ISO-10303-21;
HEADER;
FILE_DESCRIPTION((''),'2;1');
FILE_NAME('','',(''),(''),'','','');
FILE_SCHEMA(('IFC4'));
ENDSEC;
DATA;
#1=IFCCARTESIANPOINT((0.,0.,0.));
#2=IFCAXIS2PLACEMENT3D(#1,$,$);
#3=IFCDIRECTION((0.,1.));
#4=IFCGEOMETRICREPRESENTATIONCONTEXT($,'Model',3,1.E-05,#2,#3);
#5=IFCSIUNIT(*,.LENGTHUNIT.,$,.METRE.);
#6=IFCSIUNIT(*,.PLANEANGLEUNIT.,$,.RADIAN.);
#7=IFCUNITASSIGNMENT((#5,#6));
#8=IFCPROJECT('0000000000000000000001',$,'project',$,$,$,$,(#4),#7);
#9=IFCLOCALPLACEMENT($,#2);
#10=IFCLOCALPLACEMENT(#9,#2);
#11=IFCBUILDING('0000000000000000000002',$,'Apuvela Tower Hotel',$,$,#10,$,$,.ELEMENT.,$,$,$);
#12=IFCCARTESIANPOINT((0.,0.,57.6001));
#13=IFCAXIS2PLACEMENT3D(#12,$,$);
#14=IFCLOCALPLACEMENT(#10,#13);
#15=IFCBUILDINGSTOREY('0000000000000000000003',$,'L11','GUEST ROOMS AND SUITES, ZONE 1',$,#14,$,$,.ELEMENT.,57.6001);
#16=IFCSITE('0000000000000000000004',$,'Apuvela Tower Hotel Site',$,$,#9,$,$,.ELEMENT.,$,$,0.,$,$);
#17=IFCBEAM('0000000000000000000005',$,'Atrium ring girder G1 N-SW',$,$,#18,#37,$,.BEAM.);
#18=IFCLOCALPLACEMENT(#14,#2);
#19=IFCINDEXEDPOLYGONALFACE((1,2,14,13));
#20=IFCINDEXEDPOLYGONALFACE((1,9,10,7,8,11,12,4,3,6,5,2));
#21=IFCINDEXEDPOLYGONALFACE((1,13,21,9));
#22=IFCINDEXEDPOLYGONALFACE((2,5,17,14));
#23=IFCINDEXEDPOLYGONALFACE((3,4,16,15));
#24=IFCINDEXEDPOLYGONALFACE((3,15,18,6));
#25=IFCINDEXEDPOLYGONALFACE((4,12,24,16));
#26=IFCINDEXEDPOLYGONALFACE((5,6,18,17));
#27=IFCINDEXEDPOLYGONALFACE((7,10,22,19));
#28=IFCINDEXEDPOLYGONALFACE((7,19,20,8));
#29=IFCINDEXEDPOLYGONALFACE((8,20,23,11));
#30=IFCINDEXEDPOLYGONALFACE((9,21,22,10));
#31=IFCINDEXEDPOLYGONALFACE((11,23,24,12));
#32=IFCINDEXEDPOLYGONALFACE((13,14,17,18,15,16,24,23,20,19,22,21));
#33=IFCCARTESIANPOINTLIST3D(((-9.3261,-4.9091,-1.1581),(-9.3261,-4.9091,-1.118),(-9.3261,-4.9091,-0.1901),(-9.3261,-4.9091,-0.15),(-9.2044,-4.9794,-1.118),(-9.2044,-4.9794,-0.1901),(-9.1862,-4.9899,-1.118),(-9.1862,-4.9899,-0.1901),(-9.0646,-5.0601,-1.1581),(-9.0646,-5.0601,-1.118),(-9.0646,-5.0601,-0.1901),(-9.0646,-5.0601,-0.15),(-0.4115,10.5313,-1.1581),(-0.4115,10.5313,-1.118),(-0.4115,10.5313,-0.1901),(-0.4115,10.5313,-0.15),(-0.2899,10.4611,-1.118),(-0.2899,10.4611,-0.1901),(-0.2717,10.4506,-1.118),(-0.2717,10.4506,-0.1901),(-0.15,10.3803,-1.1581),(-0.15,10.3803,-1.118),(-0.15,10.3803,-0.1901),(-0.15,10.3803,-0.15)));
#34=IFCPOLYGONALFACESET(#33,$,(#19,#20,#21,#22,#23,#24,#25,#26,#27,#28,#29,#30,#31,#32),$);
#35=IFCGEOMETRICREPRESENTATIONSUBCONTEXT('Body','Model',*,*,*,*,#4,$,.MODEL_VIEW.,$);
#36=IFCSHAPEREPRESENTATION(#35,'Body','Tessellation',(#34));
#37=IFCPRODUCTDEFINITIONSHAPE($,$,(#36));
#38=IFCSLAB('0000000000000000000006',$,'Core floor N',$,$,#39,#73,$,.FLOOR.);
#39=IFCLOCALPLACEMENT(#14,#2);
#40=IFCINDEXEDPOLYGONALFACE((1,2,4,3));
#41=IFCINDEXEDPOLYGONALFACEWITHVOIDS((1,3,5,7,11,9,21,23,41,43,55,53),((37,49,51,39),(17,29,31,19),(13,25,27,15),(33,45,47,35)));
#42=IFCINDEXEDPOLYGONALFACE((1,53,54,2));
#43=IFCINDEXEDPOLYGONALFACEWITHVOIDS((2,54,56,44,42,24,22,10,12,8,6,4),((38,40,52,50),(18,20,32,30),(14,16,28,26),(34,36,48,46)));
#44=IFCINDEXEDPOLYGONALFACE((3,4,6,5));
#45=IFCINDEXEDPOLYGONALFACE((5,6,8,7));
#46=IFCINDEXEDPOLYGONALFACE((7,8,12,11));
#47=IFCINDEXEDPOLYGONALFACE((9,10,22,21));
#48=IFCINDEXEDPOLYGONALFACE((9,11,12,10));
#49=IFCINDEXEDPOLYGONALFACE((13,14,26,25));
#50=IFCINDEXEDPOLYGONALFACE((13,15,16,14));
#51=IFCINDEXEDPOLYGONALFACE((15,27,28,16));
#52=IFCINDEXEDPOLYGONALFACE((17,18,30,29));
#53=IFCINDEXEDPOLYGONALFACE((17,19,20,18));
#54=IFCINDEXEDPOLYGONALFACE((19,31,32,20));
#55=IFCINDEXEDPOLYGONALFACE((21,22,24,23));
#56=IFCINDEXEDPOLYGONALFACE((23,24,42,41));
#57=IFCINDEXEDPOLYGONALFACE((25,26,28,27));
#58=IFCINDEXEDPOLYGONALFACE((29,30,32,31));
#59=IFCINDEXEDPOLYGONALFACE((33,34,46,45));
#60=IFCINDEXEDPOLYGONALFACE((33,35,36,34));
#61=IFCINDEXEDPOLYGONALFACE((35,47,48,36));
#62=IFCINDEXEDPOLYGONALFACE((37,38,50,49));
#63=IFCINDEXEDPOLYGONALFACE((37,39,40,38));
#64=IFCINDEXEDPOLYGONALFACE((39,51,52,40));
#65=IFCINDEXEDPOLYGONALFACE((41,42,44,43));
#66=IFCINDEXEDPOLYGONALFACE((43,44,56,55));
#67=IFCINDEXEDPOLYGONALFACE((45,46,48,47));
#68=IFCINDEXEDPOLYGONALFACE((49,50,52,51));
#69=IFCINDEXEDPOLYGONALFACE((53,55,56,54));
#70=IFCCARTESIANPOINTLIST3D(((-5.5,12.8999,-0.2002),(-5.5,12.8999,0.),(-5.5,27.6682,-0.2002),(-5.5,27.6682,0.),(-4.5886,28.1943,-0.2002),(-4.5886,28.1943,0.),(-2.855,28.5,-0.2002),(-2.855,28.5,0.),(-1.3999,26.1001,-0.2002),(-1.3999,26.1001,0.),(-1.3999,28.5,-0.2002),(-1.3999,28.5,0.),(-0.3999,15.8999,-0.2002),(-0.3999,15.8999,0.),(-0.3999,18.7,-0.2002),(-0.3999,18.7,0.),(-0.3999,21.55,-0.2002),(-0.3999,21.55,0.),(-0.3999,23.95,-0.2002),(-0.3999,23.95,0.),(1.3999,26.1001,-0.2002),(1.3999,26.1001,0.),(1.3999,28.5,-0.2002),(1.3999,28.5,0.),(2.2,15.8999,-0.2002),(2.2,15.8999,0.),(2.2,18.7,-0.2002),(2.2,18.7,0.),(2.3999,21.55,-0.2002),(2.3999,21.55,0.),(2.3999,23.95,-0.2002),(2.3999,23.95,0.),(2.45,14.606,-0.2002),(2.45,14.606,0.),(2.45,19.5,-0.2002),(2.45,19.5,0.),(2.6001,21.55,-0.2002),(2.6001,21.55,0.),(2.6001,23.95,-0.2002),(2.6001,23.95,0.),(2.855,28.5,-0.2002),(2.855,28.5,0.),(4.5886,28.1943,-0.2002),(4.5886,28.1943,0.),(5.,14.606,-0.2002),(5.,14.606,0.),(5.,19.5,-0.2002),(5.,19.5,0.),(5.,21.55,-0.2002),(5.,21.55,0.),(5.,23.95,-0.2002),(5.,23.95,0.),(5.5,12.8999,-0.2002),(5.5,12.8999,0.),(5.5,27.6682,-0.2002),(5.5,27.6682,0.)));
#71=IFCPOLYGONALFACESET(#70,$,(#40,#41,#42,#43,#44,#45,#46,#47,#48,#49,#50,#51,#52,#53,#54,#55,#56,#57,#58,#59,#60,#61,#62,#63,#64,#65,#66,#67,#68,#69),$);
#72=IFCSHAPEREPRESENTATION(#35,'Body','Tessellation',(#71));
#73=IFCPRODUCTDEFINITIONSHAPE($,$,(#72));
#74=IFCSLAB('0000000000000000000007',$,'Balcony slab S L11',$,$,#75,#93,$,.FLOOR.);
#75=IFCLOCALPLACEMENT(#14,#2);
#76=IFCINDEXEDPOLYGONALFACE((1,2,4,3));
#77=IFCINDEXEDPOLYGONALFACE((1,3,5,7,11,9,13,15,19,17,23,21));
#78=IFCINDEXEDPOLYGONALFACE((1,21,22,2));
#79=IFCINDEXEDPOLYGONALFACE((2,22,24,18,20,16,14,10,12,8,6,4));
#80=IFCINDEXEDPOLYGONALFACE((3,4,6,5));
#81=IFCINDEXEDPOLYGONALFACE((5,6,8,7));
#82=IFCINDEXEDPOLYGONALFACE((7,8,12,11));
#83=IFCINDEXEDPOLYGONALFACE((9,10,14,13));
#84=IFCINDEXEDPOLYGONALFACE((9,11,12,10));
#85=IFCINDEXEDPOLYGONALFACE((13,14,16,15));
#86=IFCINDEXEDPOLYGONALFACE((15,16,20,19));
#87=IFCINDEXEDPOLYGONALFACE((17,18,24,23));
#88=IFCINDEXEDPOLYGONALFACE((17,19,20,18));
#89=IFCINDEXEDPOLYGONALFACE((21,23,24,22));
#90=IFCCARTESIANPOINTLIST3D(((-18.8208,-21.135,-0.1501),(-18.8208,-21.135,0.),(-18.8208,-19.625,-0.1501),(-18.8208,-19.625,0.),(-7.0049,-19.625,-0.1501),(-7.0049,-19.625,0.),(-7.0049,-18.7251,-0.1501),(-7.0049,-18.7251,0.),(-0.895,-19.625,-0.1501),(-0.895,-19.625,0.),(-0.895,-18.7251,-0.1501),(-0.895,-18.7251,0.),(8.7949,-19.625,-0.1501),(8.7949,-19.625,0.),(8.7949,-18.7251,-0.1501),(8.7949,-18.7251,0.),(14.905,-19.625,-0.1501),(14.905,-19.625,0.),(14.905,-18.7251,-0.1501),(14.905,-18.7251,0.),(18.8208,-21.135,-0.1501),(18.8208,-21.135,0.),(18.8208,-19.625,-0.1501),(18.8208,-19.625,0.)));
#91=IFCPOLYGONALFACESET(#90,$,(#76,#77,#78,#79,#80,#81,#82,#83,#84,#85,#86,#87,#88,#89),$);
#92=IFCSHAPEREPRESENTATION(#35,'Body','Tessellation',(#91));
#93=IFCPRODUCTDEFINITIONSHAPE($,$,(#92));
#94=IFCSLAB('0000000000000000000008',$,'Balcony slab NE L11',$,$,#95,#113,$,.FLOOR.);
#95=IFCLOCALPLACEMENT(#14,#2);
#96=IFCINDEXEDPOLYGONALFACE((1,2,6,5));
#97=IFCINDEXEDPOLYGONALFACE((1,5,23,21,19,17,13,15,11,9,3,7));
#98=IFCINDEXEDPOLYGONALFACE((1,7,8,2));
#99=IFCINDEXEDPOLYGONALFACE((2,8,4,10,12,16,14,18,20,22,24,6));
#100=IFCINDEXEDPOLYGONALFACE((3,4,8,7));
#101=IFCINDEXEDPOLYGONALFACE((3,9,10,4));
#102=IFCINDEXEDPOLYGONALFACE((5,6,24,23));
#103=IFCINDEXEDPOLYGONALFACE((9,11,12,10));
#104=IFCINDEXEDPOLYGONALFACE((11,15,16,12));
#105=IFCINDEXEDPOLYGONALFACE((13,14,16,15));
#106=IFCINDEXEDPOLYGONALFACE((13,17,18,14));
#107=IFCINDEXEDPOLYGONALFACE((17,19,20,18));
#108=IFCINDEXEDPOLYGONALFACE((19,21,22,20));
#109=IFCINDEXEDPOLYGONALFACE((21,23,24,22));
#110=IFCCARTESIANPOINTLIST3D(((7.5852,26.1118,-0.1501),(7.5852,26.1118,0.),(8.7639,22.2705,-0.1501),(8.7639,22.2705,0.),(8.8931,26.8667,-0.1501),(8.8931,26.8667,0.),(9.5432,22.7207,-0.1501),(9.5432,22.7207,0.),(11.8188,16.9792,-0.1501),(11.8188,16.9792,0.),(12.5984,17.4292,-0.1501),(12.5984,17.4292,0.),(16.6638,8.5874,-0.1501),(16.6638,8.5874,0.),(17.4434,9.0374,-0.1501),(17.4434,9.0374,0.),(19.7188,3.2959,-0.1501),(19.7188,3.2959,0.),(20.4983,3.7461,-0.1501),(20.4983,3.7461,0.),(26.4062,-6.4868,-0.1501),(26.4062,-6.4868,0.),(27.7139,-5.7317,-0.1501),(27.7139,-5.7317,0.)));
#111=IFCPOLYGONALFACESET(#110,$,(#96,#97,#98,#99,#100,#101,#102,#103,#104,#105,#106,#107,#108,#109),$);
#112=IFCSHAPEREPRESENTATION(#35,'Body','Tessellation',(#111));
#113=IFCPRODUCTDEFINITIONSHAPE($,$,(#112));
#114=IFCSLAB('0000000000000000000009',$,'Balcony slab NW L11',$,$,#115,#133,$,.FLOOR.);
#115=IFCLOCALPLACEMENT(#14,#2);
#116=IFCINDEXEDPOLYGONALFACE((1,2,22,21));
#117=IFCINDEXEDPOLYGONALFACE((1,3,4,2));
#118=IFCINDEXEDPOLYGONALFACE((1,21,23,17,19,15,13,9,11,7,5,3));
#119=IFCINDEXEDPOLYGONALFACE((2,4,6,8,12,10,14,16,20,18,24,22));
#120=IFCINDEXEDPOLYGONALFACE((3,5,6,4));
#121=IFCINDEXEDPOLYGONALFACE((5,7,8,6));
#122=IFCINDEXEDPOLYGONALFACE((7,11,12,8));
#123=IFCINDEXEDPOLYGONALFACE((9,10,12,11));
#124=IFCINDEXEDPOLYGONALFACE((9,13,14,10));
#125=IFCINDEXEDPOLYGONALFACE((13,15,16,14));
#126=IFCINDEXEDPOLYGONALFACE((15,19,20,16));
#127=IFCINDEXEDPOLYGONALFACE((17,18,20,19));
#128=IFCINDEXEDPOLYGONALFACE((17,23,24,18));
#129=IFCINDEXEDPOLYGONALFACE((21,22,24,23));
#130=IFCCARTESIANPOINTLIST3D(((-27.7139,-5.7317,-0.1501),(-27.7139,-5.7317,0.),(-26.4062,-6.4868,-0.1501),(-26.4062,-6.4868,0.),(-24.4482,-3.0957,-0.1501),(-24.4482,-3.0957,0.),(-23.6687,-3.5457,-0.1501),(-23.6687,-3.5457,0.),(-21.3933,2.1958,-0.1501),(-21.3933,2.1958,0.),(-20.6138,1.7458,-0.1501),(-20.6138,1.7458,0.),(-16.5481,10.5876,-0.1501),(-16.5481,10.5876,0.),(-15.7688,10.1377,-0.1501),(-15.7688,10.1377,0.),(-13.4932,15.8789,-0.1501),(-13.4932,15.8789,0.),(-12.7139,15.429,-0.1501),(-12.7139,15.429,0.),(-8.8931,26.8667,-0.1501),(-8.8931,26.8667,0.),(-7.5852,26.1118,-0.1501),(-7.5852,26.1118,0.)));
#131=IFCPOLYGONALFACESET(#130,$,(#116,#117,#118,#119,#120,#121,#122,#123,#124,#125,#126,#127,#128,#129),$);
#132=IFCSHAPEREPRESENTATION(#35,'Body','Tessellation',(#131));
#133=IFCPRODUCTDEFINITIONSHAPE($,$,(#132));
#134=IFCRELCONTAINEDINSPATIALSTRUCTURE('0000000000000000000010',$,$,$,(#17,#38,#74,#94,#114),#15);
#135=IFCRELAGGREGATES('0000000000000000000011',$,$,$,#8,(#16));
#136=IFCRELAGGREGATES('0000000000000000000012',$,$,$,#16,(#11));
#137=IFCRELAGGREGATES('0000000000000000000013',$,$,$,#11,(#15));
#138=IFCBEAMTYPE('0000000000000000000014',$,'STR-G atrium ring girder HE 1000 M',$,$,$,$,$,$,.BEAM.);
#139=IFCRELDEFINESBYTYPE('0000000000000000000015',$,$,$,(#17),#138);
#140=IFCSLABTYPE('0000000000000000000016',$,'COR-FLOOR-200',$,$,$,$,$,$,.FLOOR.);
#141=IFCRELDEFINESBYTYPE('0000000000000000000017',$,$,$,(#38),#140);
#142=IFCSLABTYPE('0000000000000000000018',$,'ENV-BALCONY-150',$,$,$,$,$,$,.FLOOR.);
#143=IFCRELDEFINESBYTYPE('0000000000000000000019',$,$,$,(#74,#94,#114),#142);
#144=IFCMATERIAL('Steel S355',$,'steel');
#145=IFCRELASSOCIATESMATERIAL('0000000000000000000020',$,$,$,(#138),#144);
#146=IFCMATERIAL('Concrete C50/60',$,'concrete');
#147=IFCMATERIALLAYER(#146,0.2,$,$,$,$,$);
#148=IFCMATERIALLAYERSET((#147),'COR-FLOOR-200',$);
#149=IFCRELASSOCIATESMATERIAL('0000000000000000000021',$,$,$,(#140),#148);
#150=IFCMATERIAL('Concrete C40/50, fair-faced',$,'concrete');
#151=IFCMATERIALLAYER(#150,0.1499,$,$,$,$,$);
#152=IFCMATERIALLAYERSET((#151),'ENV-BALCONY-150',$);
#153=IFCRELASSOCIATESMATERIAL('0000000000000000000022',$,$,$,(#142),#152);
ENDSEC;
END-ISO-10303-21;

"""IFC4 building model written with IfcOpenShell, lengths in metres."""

from ifc_helpers import new_model, si_unit, direction, frame, origin, origin_2d, place, context, subcontext, project, spatial, polyline, i_section, outline, extrude, material, layer, layer_set, material_profile, profile_set, type_object, element, save


model = new_model("IFC4")

# Units and contexts
model_context = context("Model", 3, precision=1e-05, world=origin(), true_north=direction((0.0, 1.0)))
body_context = subcontext(model_context, "Body", "Model", "MODEL_VIEW")
ifc_project = project(units=[si_unit("LENGTHUNIT", "METRE"), si_unit("PLANEANGLEUNIT", "RADIAN")], contexts=[model_context])

# Site, building, storey
site_placement = place(None, origin())
site = spatial("IfcSite", under=ifc_project, at=site_placement, Name="Apuvela Tower Hotel Site", CompositionType="ELEMENT", RefElevation=0.0)
building_placement = place(site_placement, origin())
building = spatial("IfcBuilding", under=site, at=building_placement, Name="Apuvela Tower Hotel", CompositionType="ELEMENT")
storey_placement = place(building_placement, frame((0.0, 0.0, 57.6001)))
storey = spatial("IfcBuildingStorey", under=building, at=storey_placement, Name="L11", Description="GUEST ROOMS AND SUITES, ZONE 1", CompositionType="ELEMENT", Elevation=57.6001)

# Beam
ifc_material_1 = material(Name="Steel S355", Category="steel")
ifc_material_profile = material_profile(ifc_material_1, i_section(OverallWidth=0.302, OverallDepth=1.0081, WebThickness=0.021, FlangeThickness=0.04, at=origin_2d()), Name="HE 1000 M")
ifc_profile_set = profile_set([ifc_material_profile], Name="Steel S355")
beam_type = type_object("IfcBeamType", Name="STR-G atrium ring girder HE 1000 M", PredefinedType="BEAM", material=ifc_profile_set)
beam_placement = place(storey_placement, frame((-0.2808, 10.4558, -0.6541), z_axis=(-0.500001, -0.866025, 0.0), x_axis=(0.866025, -0.500001, 0.0)))
element("IfcBeam", 1, at=beam_placement, inside=storey, type_object=beam_type, Name="Atrium ring girder G1 N-SW", PredefinedType="BEAM", context=body_context, shape_type="SweptSolid", body=[
    extrude(i_section(OverallWidth=0.302, OverallDepth=1.0081, WebThickness=0.021, FlangeThickness=0.04, at=origin_2d()), origin(), (0.0, 0.0, 1.0), 17.8291),
])

# Slabs
ifc_material_2 = material(Name="Concrete C50/60", Category="concrete")
ifc_layer_1 = layer(ifc_material_2, 0.2)
ifc_layer_set_1 = layer_set([ifc_layer_1], Name="COR-FLOOR-200")
slab_type_1 = type_object("IfcSlabType", Name="COR-FLOOR-200", PredefinedType="FLOOR", material=ifc_layer_set_1)
slab_1_placement = place(storey_placement, frame((0.0, 0.0, -0.2002)))
element("IfcSlab", 2, at=slab_1_placement, inside=storey, type_object=slab_type_1, Name="Core floor N", PredefinedType="FLOOR", context=body_context, shape_type="SweptSolid", body=[
    extrude(outline(polyline([(5.5, 27.6682), (4.5886, 28.1943), (2.855, 28.5), (1.3999, 28.5), (1.3999, 26.1001), (-1.3999, 26.1001), (-1.3999, 28.5), (-2.855, 28.5), (-4.5886, 28.1943), (-5.5, 27.6682), (-5.5, 12.8999), (5.5, 12.8999), (5.5, 27.6682)]), holes=[polyline([(5.0, 14.606), (2.45, 14.606), (2.45, 19.5), (5.0, 19.5), (5.0, 14.606)]), polyline([(2.2, 15.8999), (-0.3999, 15.8999), (-0.3999, 18.7), (2.2, 18.7), (2.2, 15.8999)]), polyline([(5.0, 21.55), (2.6001, 21.55), (2.6001, 23.95), (5.0, 23.95), (5.0, 21.55)]), polyline([(2.3999, 21.55), (-0.3999, 21.55), (-0.3999, 23.95), (2.3999, 23.95), (2.3999, 21.55)])]), origin(), (0.0, 0.0, 1.0), 0.2002),
])
ifc_material_3 = material(Name="Concrete C40/50, fair-faced", Category="concrete")
ifc_layer_2 = layer(ifc_material_3, 0.1499)
ifc_layer_set_2 = layer_set([ifc_layer_2], Name="ENV-BALCONY-150")
slab_type_2 = type_object("IfcSlabType", Name="ENV-BALCONY-150", PredefinedType="FLOOR", material=ifc_layer_set_2)
slab_2_placement = place(storey_placement, frame((0.0, 0.0, -0.1501)))
element("IfcSlab", 3, at=slab_2_placement, inside=storey, type_object=slab_type_2, Name="Balcony slab S L11", PredefinedType="FLOOR", context=body_context, shape_type="SweptSolid", body=[
    extrude(outline(polyline([(18.8208, -21.135), (-18.8208, -21.135), (-18.8208, -19.625), (-7.0049, -19.625), (-7.0049, -18.7251), (-0.895, -18.7251), (-0.895, -19.625), (8.7949, -19.625), (8.7949, -18.7251), (14.905, -18.7251), (14.905, -19.625), (18.8208, -19.625), (18.8208, -21.135)])), origin(), (0.0, 0.0, 1.0), 0.1501),
])
slab_3_placement = place(storey_placement, frame((0.0, 0.0, -0.1501)))
element("IfcSlab", 4, at=slab_3_placement, inside=storey, type_object=slab_type_2, Name="Balcony slab NE L11", PredefinedType="FLOOR", context=body_context, shape_type="SweptSolid", body=[
    extrude(outline(polyline([(17.4434, 9.0374), (12.5984, 17.4292), (11.8188, 16.9792), (8.7639, 22.2705), (9.5432, 22.7207), (7.5852, 26.1118), (8.8931, 26.8667), (27.7139, -5.7317), (26.4062, -6.4868), (20.4983, 3.7461), (19.7188, 3.2959), (16.6638, 8.5874), (17.4434, 9.0374)])), origin(), (0.0, 0.0, 1.0), 0.1501),
])
slab_4_placement = place(storey_placement, frame((0.0, 0.0, -0.1501)))
element("IfcSlab", 5, at=slab_4_placement, inside=storey, type_object=slab_type_2, Name="Balcony slab NW L11", PredefinedType="FLOOR", context=body_context, shape_type="SweptSolid", body=[
    extrude(outline(polyline([(-27.7139, -5.7317), (-8.8931, 26.8667), (-7.5852, 26.1118), (-13.4932, 15.8789), (-12.7139, 15.429), (-15.7688, 10.1377), (-16.5481, 10.5876), (-21.3933, 2.1958), (-20.6138, 1.7458), (-23.6687, -3.5457), (-24.4482, -3.0957), (-26.4062, -6.4868), (-27.7139, -5.7317)])), origin(), (0.0, 0.0, 1.0), 0.1501),
])

save(model, "model.ifc")
